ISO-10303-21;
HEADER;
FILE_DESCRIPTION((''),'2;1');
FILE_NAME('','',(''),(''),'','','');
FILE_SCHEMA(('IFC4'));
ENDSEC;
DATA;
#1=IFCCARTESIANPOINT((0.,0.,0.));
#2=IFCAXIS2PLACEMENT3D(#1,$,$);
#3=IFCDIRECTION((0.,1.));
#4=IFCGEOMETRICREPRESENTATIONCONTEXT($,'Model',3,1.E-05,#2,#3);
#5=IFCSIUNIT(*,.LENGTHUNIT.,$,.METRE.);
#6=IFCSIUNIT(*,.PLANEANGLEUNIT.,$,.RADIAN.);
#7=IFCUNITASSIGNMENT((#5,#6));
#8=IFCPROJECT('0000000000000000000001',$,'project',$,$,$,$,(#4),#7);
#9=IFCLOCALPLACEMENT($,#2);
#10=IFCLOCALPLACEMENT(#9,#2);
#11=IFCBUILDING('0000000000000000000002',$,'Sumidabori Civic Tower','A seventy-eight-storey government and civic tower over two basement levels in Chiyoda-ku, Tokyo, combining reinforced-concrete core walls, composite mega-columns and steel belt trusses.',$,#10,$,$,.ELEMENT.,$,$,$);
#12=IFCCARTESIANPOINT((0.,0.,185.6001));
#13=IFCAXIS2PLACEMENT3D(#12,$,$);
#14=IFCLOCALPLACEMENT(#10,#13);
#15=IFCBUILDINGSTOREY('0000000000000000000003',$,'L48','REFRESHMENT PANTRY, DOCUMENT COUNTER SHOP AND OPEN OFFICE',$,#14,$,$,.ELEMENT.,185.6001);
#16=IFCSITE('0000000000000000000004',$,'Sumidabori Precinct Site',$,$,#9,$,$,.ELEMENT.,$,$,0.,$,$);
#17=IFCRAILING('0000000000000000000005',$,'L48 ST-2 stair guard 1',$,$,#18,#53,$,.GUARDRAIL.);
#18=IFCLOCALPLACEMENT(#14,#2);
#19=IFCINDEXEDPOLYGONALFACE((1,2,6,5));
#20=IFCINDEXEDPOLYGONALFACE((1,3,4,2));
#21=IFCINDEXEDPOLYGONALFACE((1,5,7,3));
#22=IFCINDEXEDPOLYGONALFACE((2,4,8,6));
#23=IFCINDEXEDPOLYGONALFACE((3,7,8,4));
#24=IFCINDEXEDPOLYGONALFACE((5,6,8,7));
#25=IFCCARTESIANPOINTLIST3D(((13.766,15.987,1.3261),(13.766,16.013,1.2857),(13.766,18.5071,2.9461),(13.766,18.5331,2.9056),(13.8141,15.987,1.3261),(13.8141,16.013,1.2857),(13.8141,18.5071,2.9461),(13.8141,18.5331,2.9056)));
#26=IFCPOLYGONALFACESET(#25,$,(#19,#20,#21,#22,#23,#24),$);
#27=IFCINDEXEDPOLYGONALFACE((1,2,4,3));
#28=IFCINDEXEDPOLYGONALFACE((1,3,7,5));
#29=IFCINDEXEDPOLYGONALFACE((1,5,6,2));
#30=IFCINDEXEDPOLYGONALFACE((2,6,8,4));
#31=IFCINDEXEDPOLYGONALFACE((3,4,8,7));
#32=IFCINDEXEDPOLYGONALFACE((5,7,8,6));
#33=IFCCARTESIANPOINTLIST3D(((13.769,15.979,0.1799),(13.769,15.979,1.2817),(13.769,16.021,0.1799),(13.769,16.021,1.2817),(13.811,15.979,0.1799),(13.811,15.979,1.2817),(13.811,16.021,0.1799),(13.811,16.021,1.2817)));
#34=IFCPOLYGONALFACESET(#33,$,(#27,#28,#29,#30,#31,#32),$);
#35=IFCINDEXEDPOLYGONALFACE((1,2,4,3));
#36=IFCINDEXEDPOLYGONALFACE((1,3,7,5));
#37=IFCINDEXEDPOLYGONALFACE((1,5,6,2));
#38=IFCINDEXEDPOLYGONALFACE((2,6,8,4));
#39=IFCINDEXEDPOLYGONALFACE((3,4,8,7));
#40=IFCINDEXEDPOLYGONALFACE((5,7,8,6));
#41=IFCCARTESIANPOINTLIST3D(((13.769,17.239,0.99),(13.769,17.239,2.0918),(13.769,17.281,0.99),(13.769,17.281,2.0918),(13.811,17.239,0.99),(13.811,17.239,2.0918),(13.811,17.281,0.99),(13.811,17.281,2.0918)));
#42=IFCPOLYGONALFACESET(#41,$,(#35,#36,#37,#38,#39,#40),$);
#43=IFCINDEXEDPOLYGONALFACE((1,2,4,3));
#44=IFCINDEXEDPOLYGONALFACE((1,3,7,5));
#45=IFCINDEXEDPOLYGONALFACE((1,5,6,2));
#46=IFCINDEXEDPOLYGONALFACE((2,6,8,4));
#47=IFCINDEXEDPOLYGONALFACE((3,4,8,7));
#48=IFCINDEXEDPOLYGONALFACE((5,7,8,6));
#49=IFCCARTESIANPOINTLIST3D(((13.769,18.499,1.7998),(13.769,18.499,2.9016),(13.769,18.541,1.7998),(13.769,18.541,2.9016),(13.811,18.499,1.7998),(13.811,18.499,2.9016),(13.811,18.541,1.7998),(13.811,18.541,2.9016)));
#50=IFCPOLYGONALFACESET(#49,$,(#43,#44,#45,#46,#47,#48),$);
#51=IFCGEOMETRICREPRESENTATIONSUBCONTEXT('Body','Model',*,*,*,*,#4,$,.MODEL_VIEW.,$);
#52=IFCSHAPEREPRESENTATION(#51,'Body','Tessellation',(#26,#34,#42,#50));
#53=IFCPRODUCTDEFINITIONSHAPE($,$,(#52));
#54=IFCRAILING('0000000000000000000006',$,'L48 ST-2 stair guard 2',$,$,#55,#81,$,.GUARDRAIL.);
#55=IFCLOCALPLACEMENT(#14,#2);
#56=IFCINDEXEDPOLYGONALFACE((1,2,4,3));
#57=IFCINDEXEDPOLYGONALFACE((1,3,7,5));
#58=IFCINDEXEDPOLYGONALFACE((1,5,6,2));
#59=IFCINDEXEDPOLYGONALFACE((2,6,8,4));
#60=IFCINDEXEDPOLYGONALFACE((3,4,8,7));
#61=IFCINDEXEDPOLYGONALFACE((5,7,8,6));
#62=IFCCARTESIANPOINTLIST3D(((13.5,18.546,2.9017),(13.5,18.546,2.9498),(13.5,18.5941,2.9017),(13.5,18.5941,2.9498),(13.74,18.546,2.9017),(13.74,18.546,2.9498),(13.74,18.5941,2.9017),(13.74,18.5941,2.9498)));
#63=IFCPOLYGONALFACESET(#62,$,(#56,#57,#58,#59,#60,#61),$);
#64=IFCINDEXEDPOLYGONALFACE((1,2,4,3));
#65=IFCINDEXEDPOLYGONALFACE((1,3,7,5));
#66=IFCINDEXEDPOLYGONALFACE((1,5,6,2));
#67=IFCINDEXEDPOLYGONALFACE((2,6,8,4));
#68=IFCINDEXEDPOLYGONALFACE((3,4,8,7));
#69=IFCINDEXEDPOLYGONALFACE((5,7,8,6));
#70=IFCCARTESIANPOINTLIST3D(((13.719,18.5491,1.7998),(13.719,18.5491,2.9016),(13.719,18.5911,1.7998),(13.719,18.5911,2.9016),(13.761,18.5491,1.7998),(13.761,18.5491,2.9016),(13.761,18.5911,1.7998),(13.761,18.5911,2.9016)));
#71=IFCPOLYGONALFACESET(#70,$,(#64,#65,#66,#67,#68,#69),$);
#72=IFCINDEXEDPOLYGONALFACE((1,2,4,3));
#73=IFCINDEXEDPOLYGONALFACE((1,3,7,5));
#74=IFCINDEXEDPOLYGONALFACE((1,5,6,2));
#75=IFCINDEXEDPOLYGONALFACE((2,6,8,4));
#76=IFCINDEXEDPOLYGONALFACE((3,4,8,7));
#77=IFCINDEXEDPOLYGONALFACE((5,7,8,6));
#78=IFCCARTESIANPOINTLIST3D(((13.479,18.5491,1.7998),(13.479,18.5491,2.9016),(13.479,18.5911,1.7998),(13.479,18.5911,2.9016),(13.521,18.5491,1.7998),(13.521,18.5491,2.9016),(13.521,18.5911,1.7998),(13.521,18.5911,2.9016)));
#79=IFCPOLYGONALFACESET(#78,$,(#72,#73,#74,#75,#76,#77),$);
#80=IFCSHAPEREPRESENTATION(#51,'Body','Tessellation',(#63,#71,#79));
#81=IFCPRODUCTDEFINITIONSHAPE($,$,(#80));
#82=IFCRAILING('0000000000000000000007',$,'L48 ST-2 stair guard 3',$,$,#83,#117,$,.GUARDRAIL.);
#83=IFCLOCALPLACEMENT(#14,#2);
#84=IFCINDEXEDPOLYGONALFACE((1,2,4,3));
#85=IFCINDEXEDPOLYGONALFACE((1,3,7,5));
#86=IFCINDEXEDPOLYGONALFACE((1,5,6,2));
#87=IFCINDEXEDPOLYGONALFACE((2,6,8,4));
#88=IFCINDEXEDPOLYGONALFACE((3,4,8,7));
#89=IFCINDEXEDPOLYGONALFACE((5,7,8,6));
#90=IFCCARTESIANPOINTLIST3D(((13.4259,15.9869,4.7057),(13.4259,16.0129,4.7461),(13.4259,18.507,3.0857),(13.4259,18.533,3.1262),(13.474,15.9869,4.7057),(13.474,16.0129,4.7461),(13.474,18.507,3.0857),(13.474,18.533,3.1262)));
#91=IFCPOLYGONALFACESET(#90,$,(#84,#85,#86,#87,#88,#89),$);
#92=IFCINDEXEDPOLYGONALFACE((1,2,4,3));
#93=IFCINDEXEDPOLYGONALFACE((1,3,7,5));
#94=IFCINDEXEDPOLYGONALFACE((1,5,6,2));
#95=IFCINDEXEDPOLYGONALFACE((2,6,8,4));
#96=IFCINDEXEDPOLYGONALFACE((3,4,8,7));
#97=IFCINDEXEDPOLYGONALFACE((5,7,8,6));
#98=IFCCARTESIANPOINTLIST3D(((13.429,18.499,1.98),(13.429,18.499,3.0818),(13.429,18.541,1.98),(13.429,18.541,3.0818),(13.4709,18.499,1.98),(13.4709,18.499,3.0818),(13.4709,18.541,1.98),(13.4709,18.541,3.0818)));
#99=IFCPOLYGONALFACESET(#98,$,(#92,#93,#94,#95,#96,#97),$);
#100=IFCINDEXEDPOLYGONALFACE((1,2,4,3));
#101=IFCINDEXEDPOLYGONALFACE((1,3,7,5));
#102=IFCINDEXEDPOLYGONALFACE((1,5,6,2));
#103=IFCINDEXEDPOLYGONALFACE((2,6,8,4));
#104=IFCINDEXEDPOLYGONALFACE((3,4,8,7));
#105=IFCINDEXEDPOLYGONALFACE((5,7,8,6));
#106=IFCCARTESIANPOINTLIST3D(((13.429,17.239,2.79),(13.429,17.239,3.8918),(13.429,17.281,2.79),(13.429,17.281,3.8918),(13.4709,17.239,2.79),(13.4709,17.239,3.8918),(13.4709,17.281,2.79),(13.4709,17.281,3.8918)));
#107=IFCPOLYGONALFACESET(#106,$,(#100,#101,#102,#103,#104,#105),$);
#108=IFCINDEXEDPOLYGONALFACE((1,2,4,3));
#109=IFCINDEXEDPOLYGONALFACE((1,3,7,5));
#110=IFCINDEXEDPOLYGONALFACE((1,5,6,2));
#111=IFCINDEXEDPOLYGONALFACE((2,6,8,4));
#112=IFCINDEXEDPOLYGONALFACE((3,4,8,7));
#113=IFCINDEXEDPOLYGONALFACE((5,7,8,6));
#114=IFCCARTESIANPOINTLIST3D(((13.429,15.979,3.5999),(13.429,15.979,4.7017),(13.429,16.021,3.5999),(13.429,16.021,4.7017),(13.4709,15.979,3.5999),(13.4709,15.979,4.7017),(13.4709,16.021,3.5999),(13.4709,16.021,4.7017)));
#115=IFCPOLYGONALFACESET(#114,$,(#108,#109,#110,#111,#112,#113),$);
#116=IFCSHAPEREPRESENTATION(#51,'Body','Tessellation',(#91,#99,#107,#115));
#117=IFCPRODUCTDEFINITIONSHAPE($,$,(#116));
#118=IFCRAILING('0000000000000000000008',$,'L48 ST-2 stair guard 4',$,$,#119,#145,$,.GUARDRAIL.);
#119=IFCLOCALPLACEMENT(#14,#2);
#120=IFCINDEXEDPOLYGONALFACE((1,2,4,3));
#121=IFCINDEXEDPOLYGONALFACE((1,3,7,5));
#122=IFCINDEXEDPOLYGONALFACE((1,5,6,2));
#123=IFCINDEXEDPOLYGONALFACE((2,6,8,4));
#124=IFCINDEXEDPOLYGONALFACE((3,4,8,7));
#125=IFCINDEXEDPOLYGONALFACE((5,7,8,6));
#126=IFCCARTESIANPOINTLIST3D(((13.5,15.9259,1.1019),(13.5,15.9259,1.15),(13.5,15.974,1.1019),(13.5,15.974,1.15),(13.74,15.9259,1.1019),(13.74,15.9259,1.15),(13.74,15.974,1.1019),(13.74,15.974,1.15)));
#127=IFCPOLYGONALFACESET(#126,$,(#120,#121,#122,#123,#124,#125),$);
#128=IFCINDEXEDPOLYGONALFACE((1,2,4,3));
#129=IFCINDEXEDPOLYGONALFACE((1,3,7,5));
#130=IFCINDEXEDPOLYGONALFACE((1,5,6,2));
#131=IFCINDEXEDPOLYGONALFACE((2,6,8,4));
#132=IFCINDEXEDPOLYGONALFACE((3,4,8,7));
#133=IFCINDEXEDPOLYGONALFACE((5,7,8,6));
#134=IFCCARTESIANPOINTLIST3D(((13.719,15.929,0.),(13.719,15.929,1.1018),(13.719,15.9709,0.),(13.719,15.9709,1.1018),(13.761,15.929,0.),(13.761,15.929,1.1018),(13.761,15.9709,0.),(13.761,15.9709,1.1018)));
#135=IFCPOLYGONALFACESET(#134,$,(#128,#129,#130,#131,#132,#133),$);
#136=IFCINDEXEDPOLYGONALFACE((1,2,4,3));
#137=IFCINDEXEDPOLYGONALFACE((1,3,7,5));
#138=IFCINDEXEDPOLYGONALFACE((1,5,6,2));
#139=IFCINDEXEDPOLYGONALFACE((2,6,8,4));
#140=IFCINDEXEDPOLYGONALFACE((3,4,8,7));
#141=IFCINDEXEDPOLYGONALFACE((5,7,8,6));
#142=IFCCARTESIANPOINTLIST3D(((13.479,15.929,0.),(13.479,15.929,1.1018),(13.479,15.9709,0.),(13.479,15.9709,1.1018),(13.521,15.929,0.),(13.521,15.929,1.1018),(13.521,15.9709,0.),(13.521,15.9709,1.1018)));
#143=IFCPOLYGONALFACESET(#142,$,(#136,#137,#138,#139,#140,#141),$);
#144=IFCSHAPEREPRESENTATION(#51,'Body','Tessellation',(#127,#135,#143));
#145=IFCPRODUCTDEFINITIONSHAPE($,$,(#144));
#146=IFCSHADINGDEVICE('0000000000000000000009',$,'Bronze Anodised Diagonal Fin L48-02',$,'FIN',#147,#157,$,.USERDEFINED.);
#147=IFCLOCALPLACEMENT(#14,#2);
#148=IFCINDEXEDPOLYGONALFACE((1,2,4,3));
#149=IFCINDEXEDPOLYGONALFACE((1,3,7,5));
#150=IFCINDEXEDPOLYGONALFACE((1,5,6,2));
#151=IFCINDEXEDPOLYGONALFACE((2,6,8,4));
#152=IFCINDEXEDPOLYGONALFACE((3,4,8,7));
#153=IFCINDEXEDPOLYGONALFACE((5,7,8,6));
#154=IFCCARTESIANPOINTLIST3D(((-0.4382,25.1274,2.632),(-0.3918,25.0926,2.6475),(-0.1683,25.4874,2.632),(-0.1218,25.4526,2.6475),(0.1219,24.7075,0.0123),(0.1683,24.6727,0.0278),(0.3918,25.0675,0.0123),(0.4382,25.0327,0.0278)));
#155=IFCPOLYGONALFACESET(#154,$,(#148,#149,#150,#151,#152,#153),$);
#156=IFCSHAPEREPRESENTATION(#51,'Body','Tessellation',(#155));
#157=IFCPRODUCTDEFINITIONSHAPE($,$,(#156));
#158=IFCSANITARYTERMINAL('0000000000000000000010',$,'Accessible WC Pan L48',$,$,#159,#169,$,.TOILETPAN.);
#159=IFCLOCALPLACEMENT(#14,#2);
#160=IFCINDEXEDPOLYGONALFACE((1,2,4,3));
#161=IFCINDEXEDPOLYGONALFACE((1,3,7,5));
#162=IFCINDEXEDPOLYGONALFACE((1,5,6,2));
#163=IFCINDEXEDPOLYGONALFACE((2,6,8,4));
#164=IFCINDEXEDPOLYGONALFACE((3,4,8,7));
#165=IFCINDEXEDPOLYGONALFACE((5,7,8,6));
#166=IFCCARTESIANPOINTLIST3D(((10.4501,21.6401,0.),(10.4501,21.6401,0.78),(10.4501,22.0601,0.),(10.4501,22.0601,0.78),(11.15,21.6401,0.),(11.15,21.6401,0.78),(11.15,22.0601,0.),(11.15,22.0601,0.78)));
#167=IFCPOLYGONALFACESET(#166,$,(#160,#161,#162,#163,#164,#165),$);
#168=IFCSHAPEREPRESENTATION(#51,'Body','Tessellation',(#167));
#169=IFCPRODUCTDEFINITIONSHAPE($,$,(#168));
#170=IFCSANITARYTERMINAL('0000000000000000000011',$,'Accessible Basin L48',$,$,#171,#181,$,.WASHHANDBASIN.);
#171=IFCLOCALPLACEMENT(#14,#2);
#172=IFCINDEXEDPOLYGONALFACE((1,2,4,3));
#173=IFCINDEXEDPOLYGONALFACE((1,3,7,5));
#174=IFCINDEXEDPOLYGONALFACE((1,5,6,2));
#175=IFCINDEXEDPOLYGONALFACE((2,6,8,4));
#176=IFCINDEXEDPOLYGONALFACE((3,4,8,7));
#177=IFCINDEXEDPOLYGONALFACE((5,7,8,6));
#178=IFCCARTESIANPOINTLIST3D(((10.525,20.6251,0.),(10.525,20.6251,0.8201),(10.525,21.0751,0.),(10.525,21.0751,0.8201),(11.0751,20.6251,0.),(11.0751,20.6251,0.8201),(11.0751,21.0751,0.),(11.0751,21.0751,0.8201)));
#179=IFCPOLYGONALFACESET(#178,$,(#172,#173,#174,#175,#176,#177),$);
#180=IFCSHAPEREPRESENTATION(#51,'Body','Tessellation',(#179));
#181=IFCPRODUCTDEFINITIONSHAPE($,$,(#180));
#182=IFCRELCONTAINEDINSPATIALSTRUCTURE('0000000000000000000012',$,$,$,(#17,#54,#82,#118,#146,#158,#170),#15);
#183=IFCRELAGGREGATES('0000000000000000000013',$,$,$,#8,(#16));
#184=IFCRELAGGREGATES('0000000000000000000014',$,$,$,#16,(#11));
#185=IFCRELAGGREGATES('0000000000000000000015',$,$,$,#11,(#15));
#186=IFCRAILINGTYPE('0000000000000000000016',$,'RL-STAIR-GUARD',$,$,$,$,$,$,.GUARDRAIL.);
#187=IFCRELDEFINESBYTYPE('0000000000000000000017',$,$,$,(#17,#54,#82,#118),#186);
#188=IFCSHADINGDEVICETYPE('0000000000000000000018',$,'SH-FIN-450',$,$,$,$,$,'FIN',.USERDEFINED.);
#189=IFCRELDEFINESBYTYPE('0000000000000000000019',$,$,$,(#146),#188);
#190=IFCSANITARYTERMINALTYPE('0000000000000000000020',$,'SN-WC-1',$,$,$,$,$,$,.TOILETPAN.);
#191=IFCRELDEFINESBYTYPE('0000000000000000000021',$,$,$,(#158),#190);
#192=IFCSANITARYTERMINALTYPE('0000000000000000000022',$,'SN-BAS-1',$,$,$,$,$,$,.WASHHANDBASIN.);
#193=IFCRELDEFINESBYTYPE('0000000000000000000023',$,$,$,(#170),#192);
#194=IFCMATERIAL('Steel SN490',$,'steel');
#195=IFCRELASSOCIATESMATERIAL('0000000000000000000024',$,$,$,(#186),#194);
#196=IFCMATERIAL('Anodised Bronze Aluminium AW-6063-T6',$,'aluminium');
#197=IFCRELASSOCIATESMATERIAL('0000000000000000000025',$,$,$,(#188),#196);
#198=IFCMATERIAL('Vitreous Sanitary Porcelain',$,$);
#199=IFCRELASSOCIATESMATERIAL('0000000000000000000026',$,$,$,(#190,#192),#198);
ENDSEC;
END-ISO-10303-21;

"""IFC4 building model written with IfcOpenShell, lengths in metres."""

from ifc_helpers import new_model, si_unit, direction, frame, origin, origin_2d, place, context, subcontext, project, spatial, rectangle, extrude, source, transform, mapped, material, material_profile, profile_set, type_object, element, save


model = new_model("IFC4")

# Units and contexts
model_context = context("Model", 3, precision=1e-05, world=origin(), true_north=direction((0.0, 1.0)))
body_context = subcontext(model_context, "Body", "Model", "MODEL_VIEW")
ifc_project = project(units=[si_unit("LENGTHUNIT", "METRE"), si_unit("PLANEANGLEUNIT", "RADIAN")], contexts=[model_context])

# Site, building, storey
site_placement = place(None, origin())
site = spatial("IfcSite", under=ifc_project, at=site_placement, Name="Sumidabori Precinct Site", CompositionType="ELEMENT", RefElevation=0.0)
building_placement = place(site_placement, origin())
building = spatial("IfcBuilding", under=site, at=building_placement, Name="Sumidabori Civic Tower", Description="A seventy-eight-storey government and civic tower over two basement levels in Chiyoda-ku, Tokyo, combining reinforced-concrete core walls, composite mega-columns and steel belt trusses.", CompositionType="ELEMENT")
storey_placement = place(building_placement, frame((0.0, 0.0, 185.6001)))
storey = spatial("IfcBuildingStorey", under=building, at=storey_placement, Name="L48", Description="REFRESHMENT PANTRY, DOCUMENT COUNTER SHOP AND OPEN OFFICE", CompositionType="ELEMENT", Elevation=185.6001)

# Shared definitions
ifc_material_1 = material(Name="Steel SN490", Category="steel")

# Shared definitions
ifc_material_2 = material(Name="Anodised Bronze Aluminium AW-6063-T6", Category="aluminium")

# Railings
railing_type_1 = type_object("IfcRailingType", Name="RL-STAIR-GUARD", PredefinedType="GUARDRAIL", material=ifc_material_1)
railing_1_placement = place(storey_placement, frame((13.79, 16.0, 0.1799)))
element("IfcRailing", 1, at=railing_1_placement, inside=storey, type_object=railing_type_1, Name="L48 ST-2 stair guard 1", PredefinedType="GUARDRAIL", context=body_context, shape_type="SweptSolid", body=[
    extrude(rectangle(XDim=0.0481, YDim=0.0481, at=origin_2d()), frame((0.0, 0.0, 1.126), z_axis=(0.0, 0.8412, 0.540725), x_axis=(-1.0, 0.0, 0.0)), (0.0, 0.0, 1.0), 2.9958),
    extrude(rectangle(XDim=0.042, YDim=0.042, at=origin_2d()), origin(), (0.0, 0.0, 1.0), 1.1018),
    extrude(rectangle(XDim=0.042, YDim=0.042, at=origin_2d()), frame((0.0, 1.26, 0.8101)), (0.0, 0.0, 1.0), 1.1018),
    extrude(rectangle(XDim=0.042, YDim=0.042, at=origin_2d()), frame((0.0, 2.52, 1.6199)), (0.0, 0.0, 1.0), 1.1018),
])
railing_2_placement = place(storey_placement, frame((13.74, 18.5701, 1.7998)))
element("IfcRailing", 2, at=railing_2_placement, inside=storey, type_object=railing_type_1, Name="L48 ST-2 stair guard 2", PredefinedType="GUARDRAIL", context=body_context, shape_type="SweptSolid", body=[
    extrude(rectangle(XDim=0.0481, YDim=0.0481, at=origin_2d()), frame((0.0, 0.0, 1.126), z_axis=(-1.0, 0.0, 0.0), x_axis=(0.0, -1.0, 0.0)), (0.0, 0.0, 1.0), 0.24),
    extrude(rectangle(XDim=0.042, YDim=0.042, at=origin_2d()), origin(), (0.0, 0.0, 1.0), 1.1018),
    extrude(rectangle(XDim=0.042, YDim=0.042, at=origin_2d()), frame((-0.24, 0.0, 0.0)), (0.0, 0.0, 1.0), 1.1018),
])
railing_3_placement = place(storey_placement, frame((13.45, 18.52, 1.98)))
element("IfcRailing", 3, at=railing_3_placement, inside=storey, type_object=railing_type_1, Name="L48 ST-2 stair guard 3", PredefinedType="GUARDRAIL", context=body_context, shape_type="SweptSolid", body=[
    extrude(rectangle(XDim=0.0481, YDim=0.0481, at=origin_2d()), frame((0.0, 0.0, 1.126), z_axis=(0.0, -0.8412, 0.540725), x_axis=(1.0, 0.0, 0.0)), (0.0, 0.0, 1.0), 2.9958),
    extrude(rectangle(XDim=0.042, YDim=0.042, at=origin_2d()), origin(), (0.0, 0.0, 1.0), 1.1018),
    extrude(rectangle(XDim=0.042, YDim=0.042, at=origin_2d()), frame((0.0, -1.26, 0.8101)), (0.0, 0.0, 1.0), 1.1018),
    extrude(rectangle(XDim=0.042, YDim=0.042, at=origin_2d()), frame((0.0, -2.52, 1.6199)), (0.0, 0.0, 1.0), 1.1018),
])
railing_4_placement = place(storey_placement, frame((13.74, 15.95, 0.0)))
element("IfcRailing", 4, at=railing_4_placement, inside=storey, type_object=railing_type_1, Name="L48 ST-2 stair guard 4", PredefinedType="GUARDRAIL", context=body_context, shape_type="SweptSolid", body=[
    extrude(rectangle(XDim=0.0481, YDim=0.0481, at=origin_2d()), frame((0.0, 0.0, 1.126), z_axis=(-1.0, 0.0, 0.0), x_axis=(0.0, -1.0, 0.0)), (0.0, 0.0, 1.0), 0.24),
    extrude(rectangle(XDim=0.042, YDim=0.042, at=origin_2d()), origin(), (0.0, 0.0, 1.0), 1.1018),
    extrude(rectangle(XDim=0.042, YDim=0.042, at=origin_2d()), frame((-0.24, 0.0, 0.0)), (0.0, 0.0, 1.0), 1.1018),
])

# Shading device
ifc_material_profile_1 = material_profile(ifc_material_2, rectangle(XDim=0.0601, YDim=0.45, at=origin_2d()), Name="BRONZE FIN 450x60")
ifc_profile_set_1 = profile_set([ifc_material_profile_1], Name="Anodised Bronze Aluminium AW-6063-T6")
shading_device_type = type_object("IfcShadingDeviceType", Name="SH-FIN-450", ElementType="FIN", PredefinedType="USERDEFINED", material=ifc_profile_set_1)
shared_shape_1 = source(origin(), body_context, "Body", "SweptSolid", [
    extrude(rectangle(XDim=0.0601, YDim=0.45, at=origin_2d()), origin(), (0.0, 0.0, 1.0), 2.7117),
])
shading_device_placement = place(storey_placement, frame((0.28, 24.8701, 0.02), z_axis=(-0.206528, 0.154851, 0.966109), x_axis=(0.772968, -0.579558, 0.258133)))
element("IfcShadingDevice", 5, at=shading_device_placement, inside=storey, type_object=shading_device_type, Name="Bronze Anodised Diagonal Fin L48-02", ObjectType="FIN", PredefinedType="USERDEFINED", context=body_context, shape_type="MappedRepresentation", body=[
    mapped(shared_shape_1, transform((0.0, 0.0, 0.0), x_axis=(1.0, 0.0, 0.0), y_axis=(0.0, 1.0, 0.0), z_axis=(0.0, 0.0, 1.0), scale=1.0)),
])

# Sanitary terminals
ifc_material_3 = material(Name="Vitreous Sanitary Porcelain")
sanitary_terminal_type_1 = type_object("IfcSanitaryTerminalType", Name="SN-WC-1", PredefinedType="TOILETPAN", material=ifc_material_3)
shared_shape_2 = source(origin(), body_context, "Body", "SweptSolid", [
    extrude(rectangle(XDim=0.7, YDim=0.4199, at=origin_2d()), origin(), (0.0, 0.0, 1.0), 0.78),
])
sanitary_terminal_1_placement = place(storey_placement, frame((10.8, 21.8501, 0.0), z_axis=(0.0, 0.0, 1.0), x_axis=(1.0, 0.0, 0.0)))
element("IfcSanitaryTerminal", 6, at=sanitary_terminal_1_placement, inside=storey, type_object=sanitary_terminal_type_1, Name="Accessible WC Pan L48", PredefinedType="TOILETPAN", context=body_context, shape_type="MappedRepresentation", body=[
    mapped(shared_shape_2, transform((0.0, 0.0, 0.0), x_axis=(1.0, 0.0, 0.0), y_axis=(0.0, 1.0, 0.0), z_axis=(0.0, 0.0, 1.0), scale=1.0)),
])
sanitary_terminal_type_2 = type_object("IfcSanitaryTerminalType", Name="SN-BAS-1", PredefinedType="WASHHANDBASIN", material=ifc_material_3)
shared_shape_3 = source(origin(), body_context, "Body", "SweptSolid", [
    extrude(rectangle(XDim=0.55, YDim=0.45, at=origin_2d()), origin(), (0.0, 0.0, 1.0), 0.8201),
])
sanitary_terminal_2_placement = place(storey_placement, frame((10.8, 20.8501, 0.0), z_axis=(0.0, 0.0, 1.0), x_axis=(1.0, 0.0, 0.0)))
element("IfcSanitaryTerminal", 7, at=sanitary_terminal_2_placement, inside=storey, type_object=sanitary_terminal_type_2, Name="Accessible Basin L48", PredefinedType="WASHHANDBASIN", context=body_context, shape_type="MappedRepresentation", body=[
    mapped(shared_shape_3, transform((0.0, 0.0, 0.0), x_axis=(1.0, 0.0, 0.0), y_axis=(0.0, 1.0, 0.0), z_axis=(0.0, 0.0, 1.0), scale=1.0)),
])

save(model, "model.ifc")
